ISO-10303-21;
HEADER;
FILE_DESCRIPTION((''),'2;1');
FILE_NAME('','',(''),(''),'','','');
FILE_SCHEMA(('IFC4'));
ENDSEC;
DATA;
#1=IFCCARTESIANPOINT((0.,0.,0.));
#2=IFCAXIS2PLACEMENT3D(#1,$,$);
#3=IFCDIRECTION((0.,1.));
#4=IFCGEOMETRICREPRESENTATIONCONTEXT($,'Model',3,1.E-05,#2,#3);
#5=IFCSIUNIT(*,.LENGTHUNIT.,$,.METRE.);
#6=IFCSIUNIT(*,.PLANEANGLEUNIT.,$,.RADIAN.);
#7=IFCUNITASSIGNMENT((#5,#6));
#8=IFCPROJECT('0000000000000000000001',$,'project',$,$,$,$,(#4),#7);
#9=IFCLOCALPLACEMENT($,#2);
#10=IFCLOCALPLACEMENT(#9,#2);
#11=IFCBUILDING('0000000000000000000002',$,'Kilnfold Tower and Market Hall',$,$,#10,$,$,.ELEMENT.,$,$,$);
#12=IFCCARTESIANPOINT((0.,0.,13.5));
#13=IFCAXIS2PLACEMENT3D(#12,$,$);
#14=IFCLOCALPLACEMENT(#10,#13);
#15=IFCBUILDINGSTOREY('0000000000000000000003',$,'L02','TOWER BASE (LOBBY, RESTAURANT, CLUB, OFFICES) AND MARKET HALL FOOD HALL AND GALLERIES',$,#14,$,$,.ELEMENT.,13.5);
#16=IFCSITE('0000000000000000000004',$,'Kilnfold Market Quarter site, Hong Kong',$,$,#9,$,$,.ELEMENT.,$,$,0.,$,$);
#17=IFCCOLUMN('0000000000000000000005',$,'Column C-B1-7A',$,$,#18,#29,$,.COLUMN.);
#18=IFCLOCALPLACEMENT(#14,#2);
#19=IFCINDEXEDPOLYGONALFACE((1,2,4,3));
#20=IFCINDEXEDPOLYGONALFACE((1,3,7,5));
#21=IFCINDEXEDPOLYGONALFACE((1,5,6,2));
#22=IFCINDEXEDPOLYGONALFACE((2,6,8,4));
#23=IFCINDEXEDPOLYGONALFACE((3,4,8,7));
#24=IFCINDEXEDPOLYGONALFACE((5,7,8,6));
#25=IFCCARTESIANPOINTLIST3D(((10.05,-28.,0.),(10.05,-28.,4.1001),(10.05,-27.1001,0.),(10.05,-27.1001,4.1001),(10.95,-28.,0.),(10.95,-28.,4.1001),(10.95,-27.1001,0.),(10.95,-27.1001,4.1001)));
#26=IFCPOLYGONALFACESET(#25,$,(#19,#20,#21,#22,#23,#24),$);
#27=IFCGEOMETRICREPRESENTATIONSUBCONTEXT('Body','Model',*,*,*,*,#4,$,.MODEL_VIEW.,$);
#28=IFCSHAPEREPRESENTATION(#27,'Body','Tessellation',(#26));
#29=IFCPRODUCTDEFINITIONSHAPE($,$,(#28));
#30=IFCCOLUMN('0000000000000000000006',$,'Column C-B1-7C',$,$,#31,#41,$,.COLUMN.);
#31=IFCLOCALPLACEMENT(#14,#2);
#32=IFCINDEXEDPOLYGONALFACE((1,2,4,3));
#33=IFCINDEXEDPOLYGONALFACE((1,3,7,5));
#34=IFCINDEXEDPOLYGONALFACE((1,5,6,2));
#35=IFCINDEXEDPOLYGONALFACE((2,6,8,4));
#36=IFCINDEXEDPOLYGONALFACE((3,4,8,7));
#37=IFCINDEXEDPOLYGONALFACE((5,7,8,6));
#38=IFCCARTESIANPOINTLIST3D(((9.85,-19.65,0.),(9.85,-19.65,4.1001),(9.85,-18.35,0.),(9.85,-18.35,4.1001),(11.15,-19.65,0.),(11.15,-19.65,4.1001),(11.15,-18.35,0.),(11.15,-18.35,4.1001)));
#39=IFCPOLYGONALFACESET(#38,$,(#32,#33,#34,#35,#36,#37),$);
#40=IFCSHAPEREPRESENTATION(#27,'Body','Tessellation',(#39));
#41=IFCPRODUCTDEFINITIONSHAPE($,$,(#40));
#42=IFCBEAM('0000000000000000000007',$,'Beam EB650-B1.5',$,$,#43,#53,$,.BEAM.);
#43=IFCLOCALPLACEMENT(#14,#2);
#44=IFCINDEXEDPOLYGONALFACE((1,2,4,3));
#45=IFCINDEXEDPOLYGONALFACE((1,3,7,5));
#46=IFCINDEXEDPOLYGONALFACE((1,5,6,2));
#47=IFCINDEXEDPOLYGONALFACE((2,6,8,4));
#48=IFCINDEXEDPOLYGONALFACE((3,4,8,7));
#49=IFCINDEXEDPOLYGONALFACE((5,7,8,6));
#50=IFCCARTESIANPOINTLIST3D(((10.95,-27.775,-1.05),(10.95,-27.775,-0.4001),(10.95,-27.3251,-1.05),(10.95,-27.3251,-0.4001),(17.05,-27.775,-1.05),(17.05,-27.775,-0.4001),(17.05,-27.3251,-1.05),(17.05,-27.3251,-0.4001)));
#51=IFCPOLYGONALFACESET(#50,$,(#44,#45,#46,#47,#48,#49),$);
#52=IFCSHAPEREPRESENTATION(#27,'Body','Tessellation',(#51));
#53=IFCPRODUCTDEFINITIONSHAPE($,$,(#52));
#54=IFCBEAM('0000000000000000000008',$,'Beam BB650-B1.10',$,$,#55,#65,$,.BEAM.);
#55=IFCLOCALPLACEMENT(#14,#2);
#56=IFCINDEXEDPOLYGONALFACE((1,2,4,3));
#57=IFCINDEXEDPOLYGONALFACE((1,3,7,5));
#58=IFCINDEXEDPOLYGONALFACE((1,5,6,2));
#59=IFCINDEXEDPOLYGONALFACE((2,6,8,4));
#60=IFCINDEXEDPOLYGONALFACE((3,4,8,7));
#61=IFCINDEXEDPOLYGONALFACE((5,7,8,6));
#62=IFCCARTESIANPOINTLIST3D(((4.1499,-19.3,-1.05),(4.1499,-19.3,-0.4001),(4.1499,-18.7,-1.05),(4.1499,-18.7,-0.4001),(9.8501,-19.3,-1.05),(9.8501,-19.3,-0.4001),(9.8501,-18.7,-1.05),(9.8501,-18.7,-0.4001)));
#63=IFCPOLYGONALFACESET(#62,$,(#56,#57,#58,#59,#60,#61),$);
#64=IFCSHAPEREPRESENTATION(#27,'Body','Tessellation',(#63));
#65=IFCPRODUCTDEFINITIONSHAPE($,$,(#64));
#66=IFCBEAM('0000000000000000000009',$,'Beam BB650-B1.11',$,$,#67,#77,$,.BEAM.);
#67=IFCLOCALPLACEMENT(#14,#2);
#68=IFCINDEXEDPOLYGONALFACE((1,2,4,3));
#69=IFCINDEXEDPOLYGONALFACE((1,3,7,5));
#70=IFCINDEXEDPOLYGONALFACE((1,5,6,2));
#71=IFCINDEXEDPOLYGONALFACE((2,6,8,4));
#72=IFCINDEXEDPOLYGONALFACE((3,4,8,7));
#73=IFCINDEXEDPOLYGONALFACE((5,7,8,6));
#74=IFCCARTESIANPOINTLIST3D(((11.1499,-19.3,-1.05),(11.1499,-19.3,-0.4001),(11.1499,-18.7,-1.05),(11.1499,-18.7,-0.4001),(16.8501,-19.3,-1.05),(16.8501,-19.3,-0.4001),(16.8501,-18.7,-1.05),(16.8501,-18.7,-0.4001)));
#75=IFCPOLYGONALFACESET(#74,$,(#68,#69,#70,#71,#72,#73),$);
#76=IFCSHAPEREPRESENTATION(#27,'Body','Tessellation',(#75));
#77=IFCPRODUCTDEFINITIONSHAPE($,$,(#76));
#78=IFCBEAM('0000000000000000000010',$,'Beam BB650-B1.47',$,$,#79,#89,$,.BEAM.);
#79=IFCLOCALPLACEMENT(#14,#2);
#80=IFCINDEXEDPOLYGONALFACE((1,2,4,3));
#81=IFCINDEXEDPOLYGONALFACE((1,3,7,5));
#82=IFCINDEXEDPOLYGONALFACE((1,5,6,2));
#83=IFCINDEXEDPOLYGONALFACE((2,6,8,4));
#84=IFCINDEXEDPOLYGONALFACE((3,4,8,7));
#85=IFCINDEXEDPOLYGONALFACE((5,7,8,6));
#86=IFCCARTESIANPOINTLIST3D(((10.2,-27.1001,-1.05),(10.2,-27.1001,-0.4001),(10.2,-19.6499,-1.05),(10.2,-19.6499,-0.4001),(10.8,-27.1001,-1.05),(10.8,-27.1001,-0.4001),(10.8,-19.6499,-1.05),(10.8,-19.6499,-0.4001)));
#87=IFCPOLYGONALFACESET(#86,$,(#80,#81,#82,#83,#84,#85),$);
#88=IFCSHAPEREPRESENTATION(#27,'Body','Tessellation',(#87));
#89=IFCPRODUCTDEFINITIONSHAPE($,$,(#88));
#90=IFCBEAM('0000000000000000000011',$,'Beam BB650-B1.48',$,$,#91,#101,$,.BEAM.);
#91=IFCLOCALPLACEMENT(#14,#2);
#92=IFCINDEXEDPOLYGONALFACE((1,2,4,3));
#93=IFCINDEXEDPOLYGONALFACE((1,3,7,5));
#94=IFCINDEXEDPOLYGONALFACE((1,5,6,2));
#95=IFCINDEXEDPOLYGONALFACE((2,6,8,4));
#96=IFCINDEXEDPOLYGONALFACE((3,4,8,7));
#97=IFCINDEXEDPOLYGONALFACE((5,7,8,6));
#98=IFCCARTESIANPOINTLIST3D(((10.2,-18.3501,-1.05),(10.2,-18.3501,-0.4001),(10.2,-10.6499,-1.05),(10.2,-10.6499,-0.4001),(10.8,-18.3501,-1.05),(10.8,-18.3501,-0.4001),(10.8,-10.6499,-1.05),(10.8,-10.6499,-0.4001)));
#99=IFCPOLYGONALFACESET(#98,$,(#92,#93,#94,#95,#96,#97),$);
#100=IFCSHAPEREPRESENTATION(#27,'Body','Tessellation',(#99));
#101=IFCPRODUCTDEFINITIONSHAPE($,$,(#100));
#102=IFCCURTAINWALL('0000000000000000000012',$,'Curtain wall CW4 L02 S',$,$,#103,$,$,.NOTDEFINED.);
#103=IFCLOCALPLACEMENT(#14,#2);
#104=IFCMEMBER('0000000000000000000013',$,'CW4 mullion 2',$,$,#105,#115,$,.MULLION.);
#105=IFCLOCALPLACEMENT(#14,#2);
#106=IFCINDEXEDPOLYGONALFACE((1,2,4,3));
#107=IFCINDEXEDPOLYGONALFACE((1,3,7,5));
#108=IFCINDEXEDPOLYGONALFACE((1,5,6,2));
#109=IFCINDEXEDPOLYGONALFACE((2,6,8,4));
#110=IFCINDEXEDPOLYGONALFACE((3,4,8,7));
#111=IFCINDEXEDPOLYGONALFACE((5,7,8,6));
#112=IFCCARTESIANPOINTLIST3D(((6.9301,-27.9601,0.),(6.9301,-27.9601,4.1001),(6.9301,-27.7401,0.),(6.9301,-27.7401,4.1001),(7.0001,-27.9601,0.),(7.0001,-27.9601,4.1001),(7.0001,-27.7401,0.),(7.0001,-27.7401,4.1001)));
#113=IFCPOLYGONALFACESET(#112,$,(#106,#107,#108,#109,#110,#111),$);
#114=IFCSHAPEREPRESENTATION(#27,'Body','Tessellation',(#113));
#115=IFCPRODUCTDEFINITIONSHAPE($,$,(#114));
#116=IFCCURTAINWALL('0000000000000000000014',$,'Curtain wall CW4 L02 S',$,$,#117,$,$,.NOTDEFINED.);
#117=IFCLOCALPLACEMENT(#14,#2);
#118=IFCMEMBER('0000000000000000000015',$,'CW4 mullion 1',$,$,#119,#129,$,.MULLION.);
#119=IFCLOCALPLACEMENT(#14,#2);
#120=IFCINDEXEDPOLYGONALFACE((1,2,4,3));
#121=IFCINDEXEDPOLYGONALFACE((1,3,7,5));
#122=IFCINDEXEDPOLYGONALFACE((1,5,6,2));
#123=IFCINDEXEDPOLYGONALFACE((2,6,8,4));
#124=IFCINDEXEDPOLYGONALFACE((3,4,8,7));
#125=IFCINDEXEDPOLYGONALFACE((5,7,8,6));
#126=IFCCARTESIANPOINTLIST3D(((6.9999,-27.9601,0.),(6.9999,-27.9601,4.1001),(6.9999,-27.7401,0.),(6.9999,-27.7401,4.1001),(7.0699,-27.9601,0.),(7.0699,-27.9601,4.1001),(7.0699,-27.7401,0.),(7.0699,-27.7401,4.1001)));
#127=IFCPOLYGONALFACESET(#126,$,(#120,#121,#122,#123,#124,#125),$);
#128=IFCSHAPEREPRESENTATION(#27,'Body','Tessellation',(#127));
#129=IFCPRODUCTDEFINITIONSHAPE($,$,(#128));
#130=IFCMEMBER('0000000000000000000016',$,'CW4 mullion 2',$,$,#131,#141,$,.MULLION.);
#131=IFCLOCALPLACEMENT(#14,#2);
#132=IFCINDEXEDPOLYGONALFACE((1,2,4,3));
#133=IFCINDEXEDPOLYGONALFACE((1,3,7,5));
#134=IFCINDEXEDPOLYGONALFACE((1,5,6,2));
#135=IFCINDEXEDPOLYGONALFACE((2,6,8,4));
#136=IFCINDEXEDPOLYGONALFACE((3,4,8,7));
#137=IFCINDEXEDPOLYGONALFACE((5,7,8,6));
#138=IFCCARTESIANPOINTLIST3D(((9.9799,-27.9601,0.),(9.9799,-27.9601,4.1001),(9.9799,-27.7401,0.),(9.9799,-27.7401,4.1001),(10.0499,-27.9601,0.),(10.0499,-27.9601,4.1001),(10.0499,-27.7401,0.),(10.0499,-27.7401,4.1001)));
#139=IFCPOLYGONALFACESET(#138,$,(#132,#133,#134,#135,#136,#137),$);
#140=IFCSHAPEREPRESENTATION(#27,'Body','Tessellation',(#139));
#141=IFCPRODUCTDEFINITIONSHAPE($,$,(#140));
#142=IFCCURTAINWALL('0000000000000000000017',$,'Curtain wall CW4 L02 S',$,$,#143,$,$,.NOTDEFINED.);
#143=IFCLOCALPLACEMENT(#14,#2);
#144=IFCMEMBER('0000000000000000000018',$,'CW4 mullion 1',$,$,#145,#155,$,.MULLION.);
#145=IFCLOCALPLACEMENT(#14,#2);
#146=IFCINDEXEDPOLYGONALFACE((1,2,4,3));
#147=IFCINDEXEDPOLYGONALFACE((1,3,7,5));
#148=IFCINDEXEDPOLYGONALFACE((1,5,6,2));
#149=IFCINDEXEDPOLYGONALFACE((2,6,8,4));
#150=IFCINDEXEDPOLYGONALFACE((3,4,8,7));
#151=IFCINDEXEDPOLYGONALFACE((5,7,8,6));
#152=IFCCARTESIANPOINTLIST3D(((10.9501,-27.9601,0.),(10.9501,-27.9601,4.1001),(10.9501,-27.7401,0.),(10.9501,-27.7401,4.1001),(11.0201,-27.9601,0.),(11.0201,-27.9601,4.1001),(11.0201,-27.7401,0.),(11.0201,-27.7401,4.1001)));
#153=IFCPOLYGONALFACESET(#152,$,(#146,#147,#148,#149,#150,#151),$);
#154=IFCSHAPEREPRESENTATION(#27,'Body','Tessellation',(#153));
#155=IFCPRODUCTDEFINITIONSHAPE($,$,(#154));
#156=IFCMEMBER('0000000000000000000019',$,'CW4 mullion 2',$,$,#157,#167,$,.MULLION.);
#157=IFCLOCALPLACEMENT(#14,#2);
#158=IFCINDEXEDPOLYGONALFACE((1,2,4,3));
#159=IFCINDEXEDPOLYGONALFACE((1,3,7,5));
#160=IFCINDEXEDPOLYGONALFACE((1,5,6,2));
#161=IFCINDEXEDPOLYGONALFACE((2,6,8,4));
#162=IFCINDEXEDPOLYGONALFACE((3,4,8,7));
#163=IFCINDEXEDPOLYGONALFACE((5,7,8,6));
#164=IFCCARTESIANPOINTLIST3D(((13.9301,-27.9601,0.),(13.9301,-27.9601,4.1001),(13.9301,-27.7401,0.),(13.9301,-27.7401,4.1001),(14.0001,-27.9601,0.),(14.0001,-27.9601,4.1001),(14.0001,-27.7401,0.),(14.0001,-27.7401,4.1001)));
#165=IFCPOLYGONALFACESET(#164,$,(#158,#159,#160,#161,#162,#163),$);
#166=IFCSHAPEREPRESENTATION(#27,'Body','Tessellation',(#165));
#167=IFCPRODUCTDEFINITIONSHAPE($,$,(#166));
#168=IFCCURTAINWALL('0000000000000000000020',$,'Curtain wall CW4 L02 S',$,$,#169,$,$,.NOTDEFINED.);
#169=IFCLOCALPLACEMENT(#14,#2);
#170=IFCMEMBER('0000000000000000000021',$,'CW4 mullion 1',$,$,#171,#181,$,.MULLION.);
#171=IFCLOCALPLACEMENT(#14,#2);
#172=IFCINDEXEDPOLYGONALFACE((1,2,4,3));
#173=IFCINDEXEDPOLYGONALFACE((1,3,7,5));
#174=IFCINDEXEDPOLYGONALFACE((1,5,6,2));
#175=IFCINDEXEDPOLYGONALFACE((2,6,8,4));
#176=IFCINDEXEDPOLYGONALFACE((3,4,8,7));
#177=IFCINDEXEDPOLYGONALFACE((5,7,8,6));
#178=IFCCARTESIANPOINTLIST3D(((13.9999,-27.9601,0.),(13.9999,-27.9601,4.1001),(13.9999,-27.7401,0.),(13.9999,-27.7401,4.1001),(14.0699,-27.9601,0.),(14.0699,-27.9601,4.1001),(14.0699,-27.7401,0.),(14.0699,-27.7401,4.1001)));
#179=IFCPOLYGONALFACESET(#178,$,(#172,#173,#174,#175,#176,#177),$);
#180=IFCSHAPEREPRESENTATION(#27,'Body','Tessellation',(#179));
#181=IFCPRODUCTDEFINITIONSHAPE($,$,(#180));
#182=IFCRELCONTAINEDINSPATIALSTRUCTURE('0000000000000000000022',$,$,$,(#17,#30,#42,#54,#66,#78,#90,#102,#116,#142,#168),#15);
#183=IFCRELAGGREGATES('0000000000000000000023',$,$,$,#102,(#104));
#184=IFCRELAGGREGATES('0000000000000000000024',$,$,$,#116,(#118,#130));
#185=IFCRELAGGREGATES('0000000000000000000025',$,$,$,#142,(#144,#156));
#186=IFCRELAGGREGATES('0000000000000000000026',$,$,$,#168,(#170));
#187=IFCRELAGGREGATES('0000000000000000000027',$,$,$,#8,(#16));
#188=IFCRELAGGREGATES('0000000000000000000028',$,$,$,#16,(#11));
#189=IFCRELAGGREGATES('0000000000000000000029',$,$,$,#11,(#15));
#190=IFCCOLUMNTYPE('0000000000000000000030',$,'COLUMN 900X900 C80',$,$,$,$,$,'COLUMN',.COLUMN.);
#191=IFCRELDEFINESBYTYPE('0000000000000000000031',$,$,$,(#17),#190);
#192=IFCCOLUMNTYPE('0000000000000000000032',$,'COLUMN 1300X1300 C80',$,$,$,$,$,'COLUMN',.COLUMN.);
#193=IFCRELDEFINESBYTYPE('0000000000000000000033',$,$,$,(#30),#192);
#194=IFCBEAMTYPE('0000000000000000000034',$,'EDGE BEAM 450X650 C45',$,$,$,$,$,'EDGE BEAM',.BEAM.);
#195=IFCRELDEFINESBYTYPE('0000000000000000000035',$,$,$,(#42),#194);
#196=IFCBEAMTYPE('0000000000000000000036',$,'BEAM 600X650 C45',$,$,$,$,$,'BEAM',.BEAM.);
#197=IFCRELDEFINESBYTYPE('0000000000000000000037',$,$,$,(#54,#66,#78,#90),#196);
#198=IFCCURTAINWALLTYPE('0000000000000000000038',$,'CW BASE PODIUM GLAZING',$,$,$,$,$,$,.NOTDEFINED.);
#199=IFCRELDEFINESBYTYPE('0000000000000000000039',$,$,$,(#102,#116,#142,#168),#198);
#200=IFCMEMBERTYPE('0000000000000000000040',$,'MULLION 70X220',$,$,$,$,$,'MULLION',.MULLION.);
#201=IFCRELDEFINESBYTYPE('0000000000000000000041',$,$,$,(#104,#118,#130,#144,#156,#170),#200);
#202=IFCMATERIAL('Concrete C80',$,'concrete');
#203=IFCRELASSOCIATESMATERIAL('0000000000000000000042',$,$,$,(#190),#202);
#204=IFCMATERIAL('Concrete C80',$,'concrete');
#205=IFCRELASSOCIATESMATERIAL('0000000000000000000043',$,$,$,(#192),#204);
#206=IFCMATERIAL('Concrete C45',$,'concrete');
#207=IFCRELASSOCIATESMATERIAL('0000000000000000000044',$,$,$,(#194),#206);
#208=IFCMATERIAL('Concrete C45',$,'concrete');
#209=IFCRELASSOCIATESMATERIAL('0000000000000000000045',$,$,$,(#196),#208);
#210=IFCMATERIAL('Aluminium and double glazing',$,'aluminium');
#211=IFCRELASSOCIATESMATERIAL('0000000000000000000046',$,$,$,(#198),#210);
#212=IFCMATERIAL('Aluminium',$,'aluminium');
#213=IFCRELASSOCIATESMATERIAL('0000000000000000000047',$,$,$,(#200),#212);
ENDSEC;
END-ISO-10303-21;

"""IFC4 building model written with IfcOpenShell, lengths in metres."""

from ifc_helpers import new_model, si_unit, direction, frame, origin, origin_2d, place, context, subcontext, project, spatial, rectangle, extrude, source, transform, mapped, material, material_profile, profile_set, type_object, element, aggregate, save


model = new_model("IFC4")

# Units and contexts
model_context = context("Model", 3, precision=1e-05, world=origin(), true_north=direction((0.0, 1.0)))
body_context = subcontext(model_context, "Body", "Model", "MODEL_VIEW")
ifc_project = project(units=[si_unit("LENGTHUNIT", "METRE"), si_unit("PLANEANGLEUNIT", "RADIAN")], contexts=[model_context])

# Site, building, storey
site_placement = place(None, origin())
site = spatial("IfcSite", under=ifc_project, at=site_placement, Name="Kilnfold Market Quarter site, Hong Kong", CompositionType="ELEMENT", RefElevation=0.0)
building_placement = place(site_placement, origin())
building = spatial("IfcBuilding", under=site, at=building_placement, Name="Kilnfold Tower and Market Hall", CompositionType="ELEMENT")
storey_placement = place(building_placement, frame((0.0, 0.0, 13.5)))
storey = spatial("IfcBuildingStorey", under=building, at=storey_placement, Name="L02", Description="TOWER BASE (LOBBY, RESTAURANT, CLUB, OFFICES) AND MARKET HALL FOOD HALL AND GALLERIES", CompositionType="ELEMENT", Elevation=13.5)

# Columns
ifc_material_1 = material(Name="Concrete C80", Category="concrete")
ifc_material_profile_1 = material_profile(ifc_material_1, rectangle(XDim=0.8999, YDim=0.8999, at=origin_2d()), Name="RC 900x900")
ifc_profile_set_1 = profile_set([ifc_material_profile_1], Name="Concrete C80")
column_type_1 = type_object("IfcColumnType", Name="COLUMN 900X900 C80", ElementType="COLUMN", PredefinedType="COLUMN", material=ifc_profile_set_1)
shared_shape_1 = source(origin(), body_context, "Body", "SweptSolid", [
    extrude(rectangle(XDim=0.8999, YDim=0.8999, at=origin_2d()), origin(), (0.0, 0.0, 1.0), 4.1001),
])
column_1_placement = place(storey_placement, frame((10.5, -27.55, 0.0), z_axis=(0.0, 0.0, 1.0), x_axis=(1.0, 0.0, 0.0)))
element("IfcColumn", 1, at=column_1_placement, inside=storey, type_object=column_type_1, Name="Column C-B1-7A", PredefinedType="COLUMN", context=body_context, shape_type="MappedRepresentation", body=[
    mapped(shared_shape_1, transform((0.0, 0.0, 0.0))),
])
ifc_material_2 = material(Name="Concrete C80", Category="concrete")
ifc_material_profile_2 = material_profile(ifc_material_2, rectangle(XDim=1.3, YDim=1.3, at=origin_2d()), Name="RC 1300x1300")
ifc_profile_set_2 = profile_set([ifc_material_profile_2], Name="Concrete C80")
column_type_2 = type_object("IfcColumnType", Name="COLUMN 1300X1300 C80", ElementType="COLUMN", PredefinedType="COLUMN", material=ifc_profile_set_2)
shared_shape_2 = source(origin(), body_context, "Body", "SweptSolid", [
    extrude(rectangle(XDim=1.3, YDim=1.3, at=origin_2d()), origin(), (0.0, 0.0, 1.0), 4.1001),
])
column_2_placement = place(storey_placement, frame((10.5, -19.0, 0.0), z_axis=(0.0, 0.0, 1.0), x_axis=(1.0, 0.0, 0.0)))
element("IfcColumn", 2, at=column_2_placement, inside=storey, type_object=column_type_2, Name="Column C-B1-7C", PredefinedType="COLUMN", context=body_context, shape_type="MappedRepresentation", body=[
    mapped(shared_shape_2, transform((0.0, 0.0, 0.0))),
])

# Beams
ifc_material_3 = material(Name="Concrete C45", Category="concrete")
ifc_material_profile_3 = material_profile(ifc_material_3, rectangle(XDim=0.45, YDim=0.6499, at=origin_2d()), Name="RC 450x650")
ifc_profile_set_3 = profile_set([ifc_material_profile_3], Name="Concrete C45")
beam_type_1 = type_object("IfcBeamType", Name="EDGE BEAM 450X650 C45", ElementType="EDGE BEAM", PredefinedType="BEAM", material=ifc_profile_set_3)
shared_shape_3 = source(origin(), body_context, "Body", "SweptSolid", [
    extrude(rectangle(XDim=0.45, YDim=0.6499, at=origin_2d()), origin(), (0.0, 0.0, 1.0), 6.1001),
])
beam_1_placement = place(storey_placement, frame((10.95, -27.55, -0.7251), z_axis=(1.0, 0.0, 0.0), x_axis=(0.0, 1.0, 0.0)))
element("IfcBeam", 3, at=beam_1_placement, inside=storey, type_object=beam_type_1, Name="Beam EB650-B1.5", PredefinedType="BEAM", context=body_context, shape_type="MappedRepresentation", body=[
    mapped(shared_shape_3, transform((0.0, 0.0, 0.0))),
])
ifc_material_4 = material(Name="Concrete C45", Category="concrete")
ifc_material_profile_4 = material_profile(ifc_material_4, rectangle(XDim=0.6001, YDim=0.6499, at=origin_2d()), Name="RC 600x650")
ifc_profile_set_4 = profile_set([ifc_material_profile_4], Name="Concrete C45")
beam_type_2 = type_object("IfcBeamType", Name="BEAM 600X650 C45", ElementType="BEAM", PredefinedType="BEAM", material=ifc_profile_set_4)
shared_shape_4 = source(origin(), body_context, "Body", "SweptSolid", [
    extrude(rectangle(XDim=0.6001, YDim=0.6499, at=origin_2d()), origin(), (0.0, 0.0, 1.0), 5.7002),
])
for number, where, z_axis, x_axis, name in (
    (4, (4.1499, -19.0, -0.7251), (1.0, 0.0, 0.0), (0.0, 1.0, 0.0), "Beam BB650-B1.10"),
    (5, (11.1499, -19.0, -0.7251), (1.0, 0.0, 0.0), (0.0, 1.0, 0.0), "Beam BB650-B1.11"),
):
    element("IfcBeam", number, at=place(storey_placement, frame(where, z_axis=z_axis, x_axis=x_axis)), inside=storey, type_object=beam_type_2, Name=name, PredefinedType="BEAM", context=body_context, shape_type="MappedRepresentation", body=[
        mapped(shared_shape_4, transform((0.0, 0.0, 0.0))),
    ])
shared_shape_5 = source(origin(), body_context, "Body", "SweptSolid", [
    extrude(rectangle(XDim=0.6001, YDim=0.6499, at=origin_2d()), origin(), (0.0, 0.0, 1.0), 7.4502),
])
beam_2_placement = place(storey_placement, frame((10.5, -27.1001, -0.7251), z_axis=(0.0, 1.0, 0.0), x_axis=(-1.0, 0.0, 0.0)))
element("IfcBeam", 6, at=beam_2_placement, inside=storey, type_object=beam_type_2, Name="Beam BB650-B1.47", PredefinedType="BEAM", context=body_context, shape_type="MappedRepresentation", body=[
    mapped(shared_shape_5, transform((0.0, 0.0, 0.0))),
])
shared_shape_6 = source(origin(), body_context, "Body", "SweptSolid", [
    extrude(rectangle(XDim=0.6001, YDim=0.6499, at=origin_2d()), origin(), (0.0, 0.0, 1.0), 7.7002),
])
beam_3_placement = place(storey_placement, frame((10.5, -18.3501, -0.7251), z_axis=(0.0, 1.0, 0.0), x_axis=(-1.0, 0.0, 0.0)))
element("IfcBeam", 7, at=beam_3_placement, inside=storey, type_object=beam_type_2, Name="Beam BB650-B1.48", PredefinedType="BEAM", context=body_context, shape_type="MappedRepresentation", body=[
    mapped(shared_shape_6, transform((0.0, 0.0, 0.0))),
])

# Curtain wall, member
ifc_material_5 = material(Name="Aluminium and double glazing", Category="aluminium")
curtain_wall_type = type_object("IfcCurtainWallType", Name="CW BASE PODIUM GLAZING", PredefinedType="NOTDEFINED", material=ifc_material_5)
curtain_wall_1_placement = place(storey_placement, origin())
curtain_wall_1 = element("IfcCurtainWall", 8, at=curtain_wall_1_placement, inside=storey, type_object=curtain_wall_type, Name="Curtain wall CW4 L02 S", PredefinedType="NOTDEFINED")
ifc_material_6 = material(Name="Aluminium", Category="aluminium")
ifc_material_profile_5 = material_profile(ifc_material_6, rectangle(XDim=0.0701, YDim=0.22, at=origin_2d()), Name="MULLION 70x220")
ifc_profile_set_5 = profile_set([ifc_material_profile_5], Name="Aluminium")
member_type_1 = type_object("IfcMemberType", Name="MULLION 70X220", ElementType="MULLION", PredefinedType="MULLION", material=ifc_profile_set_5)
shared_shape_7 = source(origin(), body_context, "Body", "SweptSolid", [
    extrude(rectangle(XDim=0.0701, YDim=0.22, at=origin_2d()), origin(), (0.0, 0.0, 1.0), 4.1001),
])
member_1_placement = place(storey_placement, frame((6.9651, -27.8501, 0.0), z_axis=(0.0, 0.0, 1.0), x_axis=(1.0, 0.0, 0.0)))
member_1 = element("IfcMember", 9, at=member_1_placement, type_object=member_type_1, Name="CW4 mullion 2", PredefinedType="MULLION", context=body_context, shape_type="MappedRepresentation", body=[
    mapped(shared_shape_7, transform((0.0, 0.0, 0.0))),
])

# Curtain walls, members
curtain_wall_2_placement = place(storey_placement, origin())
curtain_wall_2 = element("IfcCurtainWall", 10, at=curtain_wall_2_placement, inside=storey, type_object=curtain_wall_type, Name="Curtain wall CW4 L02 S", PredefinedType="NOTDEFINED")
member_2_placement = place(storey_placement, frame((7.0349, -27.8501, 0.0), z_axis=(0.0, 0.0, 1.0), x_axis=(1.0, 0.0, 0.0)))
member_2 = element("IfcMember", 11, at=member_2_placement, type_object=member_type_1, Name="CW4 mullion 1", PredefinedType="MULLION", context=body_context, shape_type="MappedRepresentation", body=[
    mapped(shared_shape_7, transform((0.0, 0.0, 0.0))),
])
member_3_placement = place(storey_placement, frame((10.0149, -27.8501, 0.0), z_axis=(0.0, 0.0, 1.0), x_axis=(1.0, 0.0, 0.0)))
member_3 = element("IfcMember", 12, at=member_3_placement, type_object=member_type_1, Name="CW4 mullion 2", PredefinedType="MULLION", context=body_context, shape_type="MappedRepresentation", body=[
    mapped(shared_shape_7, transform((0.0, 0.0, 0.0))),
])
curtain_wall_3_placement = place(storey_placement, origin())
curtain_wall_3 = element("IfcCurtainWall", 13, at=curtain_wall_3_placement, inside=storey, type_object=curtain_wall_type, Name="Curtain wall CW4 L02 S", PredefinedType="NOTDEFINED")
member_4_placement = place(storey_placement, frame((10.9851, -27.8501, 0.0), z_axis=(0.0, 0.0, 1.0), x_axis=(1.0, 0.0, 0.0)))
member_4 = element("IfcMember", 14, at=member_4_placement, type_object=member_type_1, Name="CW4 mullion 1", PredefinedType="MULLION", context=body_context, shape_type="MappedRepresentation", body=[
    mapped(shared_shape_7, transform((0.0, 0.0, 0.0))),
])
member_5_placement = place(storey_placement, frame((13.9651, -27.8501, 0.0), z_axis=(0.0, 0.0, 1.0), x_axis=(1.0, 0.0, 0.0)))
member_5 = element("IfcMember", 15, at=member_5_placement, type_object=member_type_1, Name="CW4 mullion 2", PredefinedType="MULLION", context=body_context, shape_type="MappedRepresentation", body=[
    mapped(shared_shape_7, transform((0.0, 0.0, 0.0))),
])
curtain_wall_4_placement = place(storey_placement, origin())
curtain_wall_4 = element("IfcCurtainWall", 16, at=curtain_wall_4_placement, inside=storey, type_object=curtain_wall_type, Name="Curtain wall CW4 L02 S", PredefinedType="NOTDEFINED")
member_6_placement = place(storey_placement, frame((14.0349, -27.8501, 0.0), z_axis=(0.0, 0.0, 1.0), x_axis=(1.0, 0.0, 0.0)))
member_6 = element("IfcMember", 17, at=member_6_placement, type_object=member_type_1, Name="CW4 mullion 1", PredefinedType="MULLION", context=body_context, shape_type="MappedRepresentation", body=[
    mapped(shared_shape_7, transform((0.0, 0.0, 0.0))),
])

aggregate(curtain_wall_1, [member_1])
aggregate(curtain_wall_2, [member_2, member_3])
aggregate(curtain_wall_3, [member_4, member_5])
aggregate(curtain_wall_4, [member_6])

save(model, "model.ifc")
